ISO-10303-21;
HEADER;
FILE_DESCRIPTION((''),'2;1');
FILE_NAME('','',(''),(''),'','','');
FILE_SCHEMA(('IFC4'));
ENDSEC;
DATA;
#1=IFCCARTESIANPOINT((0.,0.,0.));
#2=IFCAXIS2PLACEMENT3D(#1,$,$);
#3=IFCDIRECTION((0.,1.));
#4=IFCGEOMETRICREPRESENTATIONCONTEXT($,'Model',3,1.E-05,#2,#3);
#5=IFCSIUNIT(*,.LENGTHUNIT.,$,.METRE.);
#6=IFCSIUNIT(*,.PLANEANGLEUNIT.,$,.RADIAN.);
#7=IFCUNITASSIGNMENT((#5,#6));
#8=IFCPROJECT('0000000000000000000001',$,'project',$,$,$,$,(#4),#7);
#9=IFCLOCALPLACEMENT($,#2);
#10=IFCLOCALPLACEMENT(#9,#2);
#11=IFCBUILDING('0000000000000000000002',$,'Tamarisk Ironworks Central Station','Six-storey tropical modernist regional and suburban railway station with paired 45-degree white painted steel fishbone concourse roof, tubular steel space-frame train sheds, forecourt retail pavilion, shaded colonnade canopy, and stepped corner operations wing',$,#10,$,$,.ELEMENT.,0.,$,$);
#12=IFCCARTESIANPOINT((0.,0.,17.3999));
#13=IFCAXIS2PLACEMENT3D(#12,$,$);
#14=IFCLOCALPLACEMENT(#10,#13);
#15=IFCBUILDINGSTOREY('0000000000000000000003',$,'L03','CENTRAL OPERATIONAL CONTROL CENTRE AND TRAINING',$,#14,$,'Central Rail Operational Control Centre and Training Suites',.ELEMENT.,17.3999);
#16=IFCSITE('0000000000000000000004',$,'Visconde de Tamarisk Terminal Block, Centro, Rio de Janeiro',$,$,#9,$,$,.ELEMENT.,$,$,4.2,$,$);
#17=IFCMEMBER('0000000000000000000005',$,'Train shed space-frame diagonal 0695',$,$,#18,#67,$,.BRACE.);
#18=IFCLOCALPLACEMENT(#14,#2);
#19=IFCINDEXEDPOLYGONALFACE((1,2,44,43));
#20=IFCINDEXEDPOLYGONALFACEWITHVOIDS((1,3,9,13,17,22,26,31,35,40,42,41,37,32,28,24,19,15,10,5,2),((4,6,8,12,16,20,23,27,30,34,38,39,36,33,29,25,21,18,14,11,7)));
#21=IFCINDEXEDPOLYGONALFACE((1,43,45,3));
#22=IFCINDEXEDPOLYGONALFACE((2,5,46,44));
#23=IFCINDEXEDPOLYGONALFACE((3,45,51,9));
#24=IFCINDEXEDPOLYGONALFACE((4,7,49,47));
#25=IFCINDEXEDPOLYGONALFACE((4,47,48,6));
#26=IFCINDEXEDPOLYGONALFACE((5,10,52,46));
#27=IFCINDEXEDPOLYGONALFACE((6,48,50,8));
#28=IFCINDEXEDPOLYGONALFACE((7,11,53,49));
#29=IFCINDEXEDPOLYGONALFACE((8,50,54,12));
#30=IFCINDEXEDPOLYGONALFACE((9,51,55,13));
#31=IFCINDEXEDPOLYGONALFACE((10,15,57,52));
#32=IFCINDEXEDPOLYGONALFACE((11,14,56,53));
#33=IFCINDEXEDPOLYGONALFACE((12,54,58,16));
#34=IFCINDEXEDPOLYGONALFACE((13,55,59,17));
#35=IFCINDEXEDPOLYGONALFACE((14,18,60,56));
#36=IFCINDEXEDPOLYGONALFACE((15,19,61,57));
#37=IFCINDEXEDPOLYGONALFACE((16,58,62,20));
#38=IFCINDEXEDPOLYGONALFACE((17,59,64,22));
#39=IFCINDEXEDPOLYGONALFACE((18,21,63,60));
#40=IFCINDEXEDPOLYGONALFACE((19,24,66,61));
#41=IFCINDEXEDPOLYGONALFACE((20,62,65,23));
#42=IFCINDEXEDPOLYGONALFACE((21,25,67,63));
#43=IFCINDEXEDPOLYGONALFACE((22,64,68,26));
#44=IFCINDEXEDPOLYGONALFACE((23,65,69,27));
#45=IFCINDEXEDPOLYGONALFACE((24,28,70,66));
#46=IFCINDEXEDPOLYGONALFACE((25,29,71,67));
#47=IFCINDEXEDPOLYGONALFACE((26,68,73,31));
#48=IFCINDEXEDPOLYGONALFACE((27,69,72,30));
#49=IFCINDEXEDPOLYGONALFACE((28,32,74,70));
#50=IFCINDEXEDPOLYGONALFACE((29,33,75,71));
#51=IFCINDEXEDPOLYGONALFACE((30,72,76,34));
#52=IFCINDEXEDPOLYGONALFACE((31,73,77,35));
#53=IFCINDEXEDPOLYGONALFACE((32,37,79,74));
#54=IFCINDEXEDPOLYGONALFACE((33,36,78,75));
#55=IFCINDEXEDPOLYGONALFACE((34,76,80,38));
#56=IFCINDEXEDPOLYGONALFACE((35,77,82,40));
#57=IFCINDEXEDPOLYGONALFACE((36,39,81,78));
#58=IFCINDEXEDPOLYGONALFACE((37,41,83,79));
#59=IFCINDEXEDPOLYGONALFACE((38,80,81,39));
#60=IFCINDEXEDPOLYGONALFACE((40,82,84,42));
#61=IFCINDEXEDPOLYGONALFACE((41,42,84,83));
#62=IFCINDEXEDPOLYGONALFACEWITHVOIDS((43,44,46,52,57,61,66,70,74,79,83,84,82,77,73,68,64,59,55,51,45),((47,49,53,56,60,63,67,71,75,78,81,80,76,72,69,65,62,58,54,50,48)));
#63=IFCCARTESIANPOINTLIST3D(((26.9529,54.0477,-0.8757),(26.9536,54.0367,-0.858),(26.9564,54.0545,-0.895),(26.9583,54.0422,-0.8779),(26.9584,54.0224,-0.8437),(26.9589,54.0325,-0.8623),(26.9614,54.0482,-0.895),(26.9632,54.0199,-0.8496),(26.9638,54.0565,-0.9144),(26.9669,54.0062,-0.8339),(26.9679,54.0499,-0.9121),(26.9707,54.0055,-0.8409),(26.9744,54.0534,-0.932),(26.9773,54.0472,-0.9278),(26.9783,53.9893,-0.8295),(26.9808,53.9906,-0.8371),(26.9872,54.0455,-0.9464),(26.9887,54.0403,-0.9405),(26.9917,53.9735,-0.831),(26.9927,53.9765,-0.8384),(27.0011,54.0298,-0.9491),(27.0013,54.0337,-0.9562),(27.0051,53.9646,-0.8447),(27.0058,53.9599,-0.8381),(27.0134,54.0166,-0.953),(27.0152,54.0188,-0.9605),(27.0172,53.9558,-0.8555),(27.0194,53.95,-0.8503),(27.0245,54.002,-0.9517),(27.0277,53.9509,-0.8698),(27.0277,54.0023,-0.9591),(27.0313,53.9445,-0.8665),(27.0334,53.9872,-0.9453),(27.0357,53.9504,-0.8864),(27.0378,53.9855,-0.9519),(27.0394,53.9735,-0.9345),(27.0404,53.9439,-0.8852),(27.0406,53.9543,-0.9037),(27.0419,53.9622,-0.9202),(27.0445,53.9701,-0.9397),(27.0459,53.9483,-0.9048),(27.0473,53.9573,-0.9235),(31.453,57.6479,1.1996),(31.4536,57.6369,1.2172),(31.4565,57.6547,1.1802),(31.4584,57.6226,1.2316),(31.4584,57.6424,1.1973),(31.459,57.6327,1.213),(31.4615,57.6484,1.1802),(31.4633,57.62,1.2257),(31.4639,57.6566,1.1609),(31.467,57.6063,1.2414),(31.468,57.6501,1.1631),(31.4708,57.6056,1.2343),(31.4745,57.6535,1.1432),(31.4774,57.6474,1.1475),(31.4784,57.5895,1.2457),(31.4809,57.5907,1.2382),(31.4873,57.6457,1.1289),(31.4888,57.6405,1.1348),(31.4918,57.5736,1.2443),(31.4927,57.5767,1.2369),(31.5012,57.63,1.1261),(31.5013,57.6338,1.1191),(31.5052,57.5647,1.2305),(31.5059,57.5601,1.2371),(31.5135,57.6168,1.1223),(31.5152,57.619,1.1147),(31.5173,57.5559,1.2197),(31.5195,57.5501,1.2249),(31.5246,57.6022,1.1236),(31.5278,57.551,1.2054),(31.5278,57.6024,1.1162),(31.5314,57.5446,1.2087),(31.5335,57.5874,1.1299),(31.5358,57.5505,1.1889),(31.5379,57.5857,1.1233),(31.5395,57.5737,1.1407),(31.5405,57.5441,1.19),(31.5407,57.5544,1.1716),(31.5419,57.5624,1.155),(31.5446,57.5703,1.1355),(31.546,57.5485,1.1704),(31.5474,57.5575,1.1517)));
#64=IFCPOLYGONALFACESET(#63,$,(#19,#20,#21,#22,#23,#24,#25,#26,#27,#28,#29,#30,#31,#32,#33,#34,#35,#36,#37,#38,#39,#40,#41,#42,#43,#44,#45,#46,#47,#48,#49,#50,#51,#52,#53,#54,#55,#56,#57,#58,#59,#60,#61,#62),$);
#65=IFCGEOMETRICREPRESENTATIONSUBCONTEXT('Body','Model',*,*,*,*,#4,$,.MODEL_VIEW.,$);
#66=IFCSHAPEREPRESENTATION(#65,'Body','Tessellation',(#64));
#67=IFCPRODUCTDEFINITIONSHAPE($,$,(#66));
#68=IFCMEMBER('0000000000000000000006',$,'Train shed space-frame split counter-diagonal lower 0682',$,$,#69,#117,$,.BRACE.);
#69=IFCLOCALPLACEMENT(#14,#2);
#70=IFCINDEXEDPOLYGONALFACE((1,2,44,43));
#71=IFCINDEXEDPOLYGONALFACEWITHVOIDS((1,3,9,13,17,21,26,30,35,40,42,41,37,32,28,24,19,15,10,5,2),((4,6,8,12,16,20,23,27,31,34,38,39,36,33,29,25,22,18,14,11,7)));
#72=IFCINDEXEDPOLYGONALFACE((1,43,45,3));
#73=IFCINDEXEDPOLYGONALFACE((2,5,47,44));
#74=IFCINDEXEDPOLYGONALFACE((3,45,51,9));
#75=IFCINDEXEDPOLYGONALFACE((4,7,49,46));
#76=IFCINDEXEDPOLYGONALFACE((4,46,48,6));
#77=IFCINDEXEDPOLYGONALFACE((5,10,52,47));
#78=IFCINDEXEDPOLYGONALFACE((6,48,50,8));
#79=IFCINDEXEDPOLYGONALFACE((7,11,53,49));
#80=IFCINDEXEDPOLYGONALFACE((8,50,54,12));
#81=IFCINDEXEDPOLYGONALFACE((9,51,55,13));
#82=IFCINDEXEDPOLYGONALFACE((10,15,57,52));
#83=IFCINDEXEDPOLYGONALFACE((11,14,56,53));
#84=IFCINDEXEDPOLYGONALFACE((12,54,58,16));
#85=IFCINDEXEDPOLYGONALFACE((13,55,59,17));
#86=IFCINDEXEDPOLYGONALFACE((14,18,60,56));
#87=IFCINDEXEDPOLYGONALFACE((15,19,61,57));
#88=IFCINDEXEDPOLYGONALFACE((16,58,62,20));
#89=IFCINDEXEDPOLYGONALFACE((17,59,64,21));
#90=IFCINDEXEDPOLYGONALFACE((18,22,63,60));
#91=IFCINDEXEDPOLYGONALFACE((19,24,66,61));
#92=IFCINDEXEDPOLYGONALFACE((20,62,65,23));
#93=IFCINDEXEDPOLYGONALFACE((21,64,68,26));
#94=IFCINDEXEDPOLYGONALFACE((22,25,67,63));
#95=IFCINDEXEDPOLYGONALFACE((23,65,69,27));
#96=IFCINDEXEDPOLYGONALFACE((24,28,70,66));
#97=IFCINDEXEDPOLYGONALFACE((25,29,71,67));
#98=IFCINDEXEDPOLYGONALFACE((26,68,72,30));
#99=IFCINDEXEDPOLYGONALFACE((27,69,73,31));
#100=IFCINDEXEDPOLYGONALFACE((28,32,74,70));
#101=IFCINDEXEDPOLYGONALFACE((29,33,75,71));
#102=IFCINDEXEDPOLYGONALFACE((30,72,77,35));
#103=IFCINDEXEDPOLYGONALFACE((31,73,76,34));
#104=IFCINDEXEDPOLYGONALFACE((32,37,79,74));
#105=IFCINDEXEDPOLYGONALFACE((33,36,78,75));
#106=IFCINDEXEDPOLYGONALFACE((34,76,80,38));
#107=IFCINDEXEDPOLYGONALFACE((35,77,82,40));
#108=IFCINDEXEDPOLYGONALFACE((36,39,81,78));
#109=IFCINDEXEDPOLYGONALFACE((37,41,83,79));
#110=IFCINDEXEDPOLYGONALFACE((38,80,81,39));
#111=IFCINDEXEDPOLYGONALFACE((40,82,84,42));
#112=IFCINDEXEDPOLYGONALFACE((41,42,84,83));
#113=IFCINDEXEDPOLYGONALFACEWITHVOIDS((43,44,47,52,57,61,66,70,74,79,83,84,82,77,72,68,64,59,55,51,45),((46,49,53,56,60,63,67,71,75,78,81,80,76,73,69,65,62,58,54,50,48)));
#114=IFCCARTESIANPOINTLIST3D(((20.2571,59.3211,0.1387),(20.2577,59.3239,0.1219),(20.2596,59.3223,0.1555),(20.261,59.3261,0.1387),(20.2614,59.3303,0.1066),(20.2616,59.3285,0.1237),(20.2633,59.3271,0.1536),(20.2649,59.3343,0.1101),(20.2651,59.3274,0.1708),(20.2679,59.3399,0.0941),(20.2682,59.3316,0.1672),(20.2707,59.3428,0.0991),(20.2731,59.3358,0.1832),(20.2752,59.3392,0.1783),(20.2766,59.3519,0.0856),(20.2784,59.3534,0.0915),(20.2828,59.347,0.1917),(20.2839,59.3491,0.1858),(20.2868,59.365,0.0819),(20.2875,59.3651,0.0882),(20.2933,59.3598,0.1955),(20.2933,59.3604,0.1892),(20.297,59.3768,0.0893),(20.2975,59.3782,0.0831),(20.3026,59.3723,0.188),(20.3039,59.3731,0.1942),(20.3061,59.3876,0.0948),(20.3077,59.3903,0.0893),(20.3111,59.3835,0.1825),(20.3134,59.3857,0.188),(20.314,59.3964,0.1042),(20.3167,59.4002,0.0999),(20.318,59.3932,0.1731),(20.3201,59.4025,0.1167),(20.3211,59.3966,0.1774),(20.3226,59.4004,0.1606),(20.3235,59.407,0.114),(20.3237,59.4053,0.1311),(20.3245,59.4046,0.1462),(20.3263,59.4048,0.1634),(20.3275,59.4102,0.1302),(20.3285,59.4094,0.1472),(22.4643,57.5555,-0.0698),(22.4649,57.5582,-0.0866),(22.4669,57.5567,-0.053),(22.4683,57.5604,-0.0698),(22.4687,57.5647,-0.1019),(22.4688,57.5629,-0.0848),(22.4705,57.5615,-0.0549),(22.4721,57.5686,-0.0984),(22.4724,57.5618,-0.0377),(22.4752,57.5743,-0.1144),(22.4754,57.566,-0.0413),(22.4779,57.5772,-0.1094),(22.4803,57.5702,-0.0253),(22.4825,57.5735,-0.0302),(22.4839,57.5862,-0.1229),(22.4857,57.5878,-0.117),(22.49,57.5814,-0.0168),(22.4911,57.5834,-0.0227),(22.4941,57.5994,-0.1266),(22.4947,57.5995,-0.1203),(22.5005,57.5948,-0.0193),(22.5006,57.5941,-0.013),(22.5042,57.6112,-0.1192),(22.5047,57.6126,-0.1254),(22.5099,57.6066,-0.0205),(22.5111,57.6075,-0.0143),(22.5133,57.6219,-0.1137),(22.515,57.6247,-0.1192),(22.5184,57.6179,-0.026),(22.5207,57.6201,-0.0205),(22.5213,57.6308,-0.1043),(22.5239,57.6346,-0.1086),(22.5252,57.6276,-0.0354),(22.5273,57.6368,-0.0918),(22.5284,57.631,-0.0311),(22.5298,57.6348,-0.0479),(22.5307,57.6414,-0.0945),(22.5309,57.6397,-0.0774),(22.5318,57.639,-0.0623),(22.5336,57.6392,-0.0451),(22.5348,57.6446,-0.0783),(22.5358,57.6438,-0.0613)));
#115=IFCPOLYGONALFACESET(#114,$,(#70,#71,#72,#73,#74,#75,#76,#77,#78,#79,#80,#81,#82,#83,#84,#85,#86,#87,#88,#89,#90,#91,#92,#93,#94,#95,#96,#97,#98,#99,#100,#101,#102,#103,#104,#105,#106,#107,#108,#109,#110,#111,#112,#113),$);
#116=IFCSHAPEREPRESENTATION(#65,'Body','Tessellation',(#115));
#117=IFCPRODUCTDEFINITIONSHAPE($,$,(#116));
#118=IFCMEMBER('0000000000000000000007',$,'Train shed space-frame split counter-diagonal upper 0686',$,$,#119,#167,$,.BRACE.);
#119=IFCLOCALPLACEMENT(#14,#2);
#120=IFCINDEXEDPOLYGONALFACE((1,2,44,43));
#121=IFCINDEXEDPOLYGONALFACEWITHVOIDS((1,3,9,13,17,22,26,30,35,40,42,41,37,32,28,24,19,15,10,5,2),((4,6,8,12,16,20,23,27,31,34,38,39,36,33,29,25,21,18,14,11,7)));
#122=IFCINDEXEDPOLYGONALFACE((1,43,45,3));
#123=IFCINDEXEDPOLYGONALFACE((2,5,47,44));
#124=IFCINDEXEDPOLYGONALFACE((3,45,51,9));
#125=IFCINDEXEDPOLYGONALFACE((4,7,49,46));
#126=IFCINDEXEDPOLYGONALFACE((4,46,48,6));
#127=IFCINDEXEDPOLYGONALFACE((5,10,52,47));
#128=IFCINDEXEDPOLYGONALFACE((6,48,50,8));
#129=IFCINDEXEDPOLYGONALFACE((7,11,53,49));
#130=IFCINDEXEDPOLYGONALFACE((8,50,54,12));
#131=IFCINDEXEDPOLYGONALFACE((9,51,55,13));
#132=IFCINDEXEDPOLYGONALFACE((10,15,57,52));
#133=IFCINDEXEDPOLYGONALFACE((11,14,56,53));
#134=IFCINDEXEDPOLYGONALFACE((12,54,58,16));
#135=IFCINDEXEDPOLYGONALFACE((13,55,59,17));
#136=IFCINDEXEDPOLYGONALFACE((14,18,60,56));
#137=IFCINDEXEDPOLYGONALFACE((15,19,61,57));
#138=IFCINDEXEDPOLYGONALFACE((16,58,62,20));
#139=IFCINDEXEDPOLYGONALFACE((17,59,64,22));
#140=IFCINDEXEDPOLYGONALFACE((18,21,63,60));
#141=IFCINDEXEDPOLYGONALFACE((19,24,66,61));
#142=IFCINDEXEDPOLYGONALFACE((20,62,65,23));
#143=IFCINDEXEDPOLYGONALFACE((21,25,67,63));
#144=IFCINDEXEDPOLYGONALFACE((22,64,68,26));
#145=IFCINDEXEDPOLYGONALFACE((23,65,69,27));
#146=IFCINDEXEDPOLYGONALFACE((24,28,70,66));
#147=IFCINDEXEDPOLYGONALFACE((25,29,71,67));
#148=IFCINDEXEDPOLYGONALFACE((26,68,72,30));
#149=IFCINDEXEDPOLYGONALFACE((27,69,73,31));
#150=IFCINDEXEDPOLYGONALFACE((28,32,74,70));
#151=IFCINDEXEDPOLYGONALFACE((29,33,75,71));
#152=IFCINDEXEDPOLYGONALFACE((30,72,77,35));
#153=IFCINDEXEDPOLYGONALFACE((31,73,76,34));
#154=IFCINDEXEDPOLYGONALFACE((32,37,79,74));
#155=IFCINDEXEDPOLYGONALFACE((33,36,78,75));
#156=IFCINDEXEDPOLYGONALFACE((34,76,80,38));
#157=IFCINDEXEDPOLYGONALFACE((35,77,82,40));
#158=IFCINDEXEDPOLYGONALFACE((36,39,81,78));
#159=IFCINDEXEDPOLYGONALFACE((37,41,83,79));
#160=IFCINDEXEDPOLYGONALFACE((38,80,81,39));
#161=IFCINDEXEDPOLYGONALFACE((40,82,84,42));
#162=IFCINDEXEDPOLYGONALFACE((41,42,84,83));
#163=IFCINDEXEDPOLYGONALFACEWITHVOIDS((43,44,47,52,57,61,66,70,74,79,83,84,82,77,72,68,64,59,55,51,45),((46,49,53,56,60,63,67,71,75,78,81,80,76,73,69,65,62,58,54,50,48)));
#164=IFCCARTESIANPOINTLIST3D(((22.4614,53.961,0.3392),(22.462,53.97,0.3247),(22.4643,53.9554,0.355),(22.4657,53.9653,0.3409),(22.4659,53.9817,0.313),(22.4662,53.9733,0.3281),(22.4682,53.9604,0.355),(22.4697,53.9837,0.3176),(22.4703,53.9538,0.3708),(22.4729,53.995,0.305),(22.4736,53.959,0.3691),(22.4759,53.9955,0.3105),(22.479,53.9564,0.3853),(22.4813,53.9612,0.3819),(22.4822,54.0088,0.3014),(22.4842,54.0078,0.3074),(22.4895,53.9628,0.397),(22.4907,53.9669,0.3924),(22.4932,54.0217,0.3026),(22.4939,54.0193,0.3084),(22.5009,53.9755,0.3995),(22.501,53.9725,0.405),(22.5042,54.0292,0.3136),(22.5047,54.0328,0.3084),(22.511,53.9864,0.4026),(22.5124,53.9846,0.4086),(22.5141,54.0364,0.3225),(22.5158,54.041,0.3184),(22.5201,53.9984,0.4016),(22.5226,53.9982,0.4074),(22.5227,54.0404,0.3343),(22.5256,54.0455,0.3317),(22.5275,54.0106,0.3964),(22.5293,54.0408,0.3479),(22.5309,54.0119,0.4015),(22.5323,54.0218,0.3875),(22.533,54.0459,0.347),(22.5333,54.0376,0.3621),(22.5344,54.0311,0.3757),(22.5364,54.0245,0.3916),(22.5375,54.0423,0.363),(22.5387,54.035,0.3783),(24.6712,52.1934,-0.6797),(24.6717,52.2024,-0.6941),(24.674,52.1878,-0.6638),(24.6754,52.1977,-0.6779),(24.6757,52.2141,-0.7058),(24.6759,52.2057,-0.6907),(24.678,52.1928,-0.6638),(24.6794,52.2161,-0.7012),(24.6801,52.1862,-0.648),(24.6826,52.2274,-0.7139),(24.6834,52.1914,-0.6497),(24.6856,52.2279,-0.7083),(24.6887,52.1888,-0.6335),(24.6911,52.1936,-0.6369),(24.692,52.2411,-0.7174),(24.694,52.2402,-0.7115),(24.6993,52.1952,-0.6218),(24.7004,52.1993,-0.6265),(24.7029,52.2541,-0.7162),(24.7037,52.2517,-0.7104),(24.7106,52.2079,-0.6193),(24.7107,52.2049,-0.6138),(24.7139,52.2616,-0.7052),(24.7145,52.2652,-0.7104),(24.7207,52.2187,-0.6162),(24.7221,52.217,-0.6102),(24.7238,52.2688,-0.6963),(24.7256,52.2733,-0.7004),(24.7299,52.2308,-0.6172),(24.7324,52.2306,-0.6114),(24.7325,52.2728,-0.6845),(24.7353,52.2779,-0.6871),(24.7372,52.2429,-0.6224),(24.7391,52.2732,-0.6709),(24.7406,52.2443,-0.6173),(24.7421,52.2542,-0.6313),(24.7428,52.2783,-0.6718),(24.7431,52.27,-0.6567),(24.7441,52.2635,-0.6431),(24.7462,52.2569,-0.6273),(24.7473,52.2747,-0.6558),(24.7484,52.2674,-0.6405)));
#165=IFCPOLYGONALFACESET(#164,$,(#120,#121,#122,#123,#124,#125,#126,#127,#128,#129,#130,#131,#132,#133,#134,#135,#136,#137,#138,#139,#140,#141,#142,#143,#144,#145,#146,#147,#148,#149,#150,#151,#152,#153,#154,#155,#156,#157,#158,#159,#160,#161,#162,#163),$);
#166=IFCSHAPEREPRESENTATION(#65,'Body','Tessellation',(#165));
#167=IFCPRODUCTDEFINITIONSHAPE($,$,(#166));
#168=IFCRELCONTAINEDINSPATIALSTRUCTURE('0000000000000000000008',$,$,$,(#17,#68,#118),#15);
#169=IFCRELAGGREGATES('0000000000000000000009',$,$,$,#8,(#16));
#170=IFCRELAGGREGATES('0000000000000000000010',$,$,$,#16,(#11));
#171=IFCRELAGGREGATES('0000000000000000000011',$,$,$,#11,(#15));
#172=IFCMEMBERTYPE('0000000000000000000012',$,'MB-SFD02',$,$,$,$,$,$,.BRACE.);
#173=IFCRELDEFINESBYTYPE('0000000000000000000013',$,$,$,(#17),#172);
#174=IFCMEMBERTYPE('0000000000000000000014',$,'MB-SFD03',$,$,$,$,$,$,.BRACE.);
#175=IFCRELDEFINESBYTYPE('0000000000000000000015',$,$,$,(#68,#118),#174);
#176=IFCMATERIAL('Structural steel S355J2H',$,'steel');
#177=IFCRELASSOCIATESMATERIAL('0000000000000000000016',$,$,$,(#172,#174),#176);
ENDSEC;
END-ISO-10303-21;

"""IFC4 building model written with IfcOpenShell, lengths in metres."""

from ifc_helpers import new_model, si_unit, direction, frame, origin, origin_2d, place, context, subcontext, project, spatial, hollow_circle, extrude, material, material_profile, profile_set, type_object, element, save


model = new_model("IFC4")

# Units and contexts
model_context = context("Model", 3, precision=1e-05, world=origin(), true_north=direction((0.0, 1.0)))
body_context = subcontext(model_context, "Body", "Model", "MODEL_VIEW")
ifc_project = project(units=[si_unit("LENGTHUNIT", "METRE"), si_unit("PLANEANGLEUNIT", "RADIAN")], contexts=[model_context])

# Site, building, storey
site_placement = place(None, origin())
site = spatial("IfcSite", under=ifc_project, at=site_placement, Name="Visconde de Tamarisk Terminal Block, Centro, Rio de Janeiro", CompositionType="ELEMENT", RefElevation=4.2)
building_placement = place(site_placement, origin())
building = spatial("IfcBuilding", under=site, at=building_placement, Name="Tamarisk Ironworks Central Station", Description="Six-storey tropical modernist regional and suburban railway station with paired 45-degree white painted steel fishbone concourse roof, tubular steel space-frame train sheds, forecourt retail pavilion, shaded colonnade canopy, and stepped corner operations wing", CompositionType="ELEMENT", ElevationOfRefHeight=0.0)
storey_placement = place(building_placement, frame((0.0, 0.0, 17.3999)))
storey = spatial("IfcBuildingStorey", under=building, at=storey_placement, Name="L03", Description="CENTRAL OPERATIONAL CONTROL CENTRE AND TRAINING", LongName="Central Rail Operational Control Centre and Training Suites", CompositionType="ELEMENT", Elevation=17.3999)

# Members
ifc_material_1 = material(Name="Structural steel S355J2H", Category="steel")
ifc_material_profile_1 = material_profile(ifc_material_1, hollow_circle(Radius=0.0698, WallThickness=0.0081, at=origin_2d()), Name="CHS 139.7x8")
ifc_profile_set_1 = profile_set([ifc_material_profile_1], Name="Structural steel S355J2H")
member_type_1 = type_object("IfcMemberType", Name="MB-SFD02", PredefinedType="BRACE", material=ifc_profile_set_1)
member_1_placement = place(storey_placement, frame((27.0, 54.0, -0.895), z_axis=(0.734679, 0.587759, 0.338801), x_axis=(-0.624705, 0.780861, 0.0)))
element("IfcMember", 1, at=member_1_placement, inside=storey, type_object=member_type_1, Name="Train shed space-frame diagonal 0695", PredefinedType="BRACE", context=body_context, shape_type="SweptSolid", body=[
    extrude(hollow_circle(Radius=0.0698, WallThickness=0.0081, at=origin_2d()), origin(), (0.0, 0.0, 1.0), 6.1252),
])
ifc_material_profile_2 = material_profile(ifc_material_1, hollow_circle(Radius=0.0571, WallThickness=0.0063, at=origin_2d()), Name="CHS 114.3x6.3")
ifc_profile_set_2 = profile_set([ifc_material_profile_2], Name="Structural steel S355J2H")
member_type_2 = type_object("IfcMemberType", Name="MB-SFD03", PredefinedType="BRACE", material=ifc_profile_set_2)
member_2_placement = place(storey_placement, frame((22.5, 57.6001, -0.0698), z_axis=(-0.778787, 0.62296, 0.073563), x_axis=(-0.624653, -0.780903, 0.0)))
element("IfcMember", 2, at=member_2_placement, inside=storey, type_object=member_type_2, Name="Train shed space-frame split counter-diagonal lower 0682", PredefinedType="BRACE", context=body_context, shape_type="SweptSolid", body=[
    extrude(hollow_circle(Radius=0.0571, WallThickness=0.0063, at=origin_2d()), origin(), (0.0, 0.0, 1.0), 2.8342),
])
for number, where, z_axis, x_axis, name in (
    (3, (24.7097, 52.2324, -0.6638), (-0.734732, 0.587721, 0.338751), (-0.624653, -0.780902, 0.0), "Train shed space-frame split counter-diagonal upper 0686"),
):
    element("IfcMember", number, at=place(storey_placement, frame(where, z_axis=z_axis, x_axis=x_axis)), inside=storey, type_object=member_type_2, Name=name, PredefinedType="BRACE", context=body_context, shape_type="SweptSolid", body=[
        extrude(hollow_circle(Radius=0.0571, WallThickness=0.0063, at=origin_2d()), origin(), (0.0, 0.0, 1.0), 3.0076),
    ])

save(model, "model.ifc")
